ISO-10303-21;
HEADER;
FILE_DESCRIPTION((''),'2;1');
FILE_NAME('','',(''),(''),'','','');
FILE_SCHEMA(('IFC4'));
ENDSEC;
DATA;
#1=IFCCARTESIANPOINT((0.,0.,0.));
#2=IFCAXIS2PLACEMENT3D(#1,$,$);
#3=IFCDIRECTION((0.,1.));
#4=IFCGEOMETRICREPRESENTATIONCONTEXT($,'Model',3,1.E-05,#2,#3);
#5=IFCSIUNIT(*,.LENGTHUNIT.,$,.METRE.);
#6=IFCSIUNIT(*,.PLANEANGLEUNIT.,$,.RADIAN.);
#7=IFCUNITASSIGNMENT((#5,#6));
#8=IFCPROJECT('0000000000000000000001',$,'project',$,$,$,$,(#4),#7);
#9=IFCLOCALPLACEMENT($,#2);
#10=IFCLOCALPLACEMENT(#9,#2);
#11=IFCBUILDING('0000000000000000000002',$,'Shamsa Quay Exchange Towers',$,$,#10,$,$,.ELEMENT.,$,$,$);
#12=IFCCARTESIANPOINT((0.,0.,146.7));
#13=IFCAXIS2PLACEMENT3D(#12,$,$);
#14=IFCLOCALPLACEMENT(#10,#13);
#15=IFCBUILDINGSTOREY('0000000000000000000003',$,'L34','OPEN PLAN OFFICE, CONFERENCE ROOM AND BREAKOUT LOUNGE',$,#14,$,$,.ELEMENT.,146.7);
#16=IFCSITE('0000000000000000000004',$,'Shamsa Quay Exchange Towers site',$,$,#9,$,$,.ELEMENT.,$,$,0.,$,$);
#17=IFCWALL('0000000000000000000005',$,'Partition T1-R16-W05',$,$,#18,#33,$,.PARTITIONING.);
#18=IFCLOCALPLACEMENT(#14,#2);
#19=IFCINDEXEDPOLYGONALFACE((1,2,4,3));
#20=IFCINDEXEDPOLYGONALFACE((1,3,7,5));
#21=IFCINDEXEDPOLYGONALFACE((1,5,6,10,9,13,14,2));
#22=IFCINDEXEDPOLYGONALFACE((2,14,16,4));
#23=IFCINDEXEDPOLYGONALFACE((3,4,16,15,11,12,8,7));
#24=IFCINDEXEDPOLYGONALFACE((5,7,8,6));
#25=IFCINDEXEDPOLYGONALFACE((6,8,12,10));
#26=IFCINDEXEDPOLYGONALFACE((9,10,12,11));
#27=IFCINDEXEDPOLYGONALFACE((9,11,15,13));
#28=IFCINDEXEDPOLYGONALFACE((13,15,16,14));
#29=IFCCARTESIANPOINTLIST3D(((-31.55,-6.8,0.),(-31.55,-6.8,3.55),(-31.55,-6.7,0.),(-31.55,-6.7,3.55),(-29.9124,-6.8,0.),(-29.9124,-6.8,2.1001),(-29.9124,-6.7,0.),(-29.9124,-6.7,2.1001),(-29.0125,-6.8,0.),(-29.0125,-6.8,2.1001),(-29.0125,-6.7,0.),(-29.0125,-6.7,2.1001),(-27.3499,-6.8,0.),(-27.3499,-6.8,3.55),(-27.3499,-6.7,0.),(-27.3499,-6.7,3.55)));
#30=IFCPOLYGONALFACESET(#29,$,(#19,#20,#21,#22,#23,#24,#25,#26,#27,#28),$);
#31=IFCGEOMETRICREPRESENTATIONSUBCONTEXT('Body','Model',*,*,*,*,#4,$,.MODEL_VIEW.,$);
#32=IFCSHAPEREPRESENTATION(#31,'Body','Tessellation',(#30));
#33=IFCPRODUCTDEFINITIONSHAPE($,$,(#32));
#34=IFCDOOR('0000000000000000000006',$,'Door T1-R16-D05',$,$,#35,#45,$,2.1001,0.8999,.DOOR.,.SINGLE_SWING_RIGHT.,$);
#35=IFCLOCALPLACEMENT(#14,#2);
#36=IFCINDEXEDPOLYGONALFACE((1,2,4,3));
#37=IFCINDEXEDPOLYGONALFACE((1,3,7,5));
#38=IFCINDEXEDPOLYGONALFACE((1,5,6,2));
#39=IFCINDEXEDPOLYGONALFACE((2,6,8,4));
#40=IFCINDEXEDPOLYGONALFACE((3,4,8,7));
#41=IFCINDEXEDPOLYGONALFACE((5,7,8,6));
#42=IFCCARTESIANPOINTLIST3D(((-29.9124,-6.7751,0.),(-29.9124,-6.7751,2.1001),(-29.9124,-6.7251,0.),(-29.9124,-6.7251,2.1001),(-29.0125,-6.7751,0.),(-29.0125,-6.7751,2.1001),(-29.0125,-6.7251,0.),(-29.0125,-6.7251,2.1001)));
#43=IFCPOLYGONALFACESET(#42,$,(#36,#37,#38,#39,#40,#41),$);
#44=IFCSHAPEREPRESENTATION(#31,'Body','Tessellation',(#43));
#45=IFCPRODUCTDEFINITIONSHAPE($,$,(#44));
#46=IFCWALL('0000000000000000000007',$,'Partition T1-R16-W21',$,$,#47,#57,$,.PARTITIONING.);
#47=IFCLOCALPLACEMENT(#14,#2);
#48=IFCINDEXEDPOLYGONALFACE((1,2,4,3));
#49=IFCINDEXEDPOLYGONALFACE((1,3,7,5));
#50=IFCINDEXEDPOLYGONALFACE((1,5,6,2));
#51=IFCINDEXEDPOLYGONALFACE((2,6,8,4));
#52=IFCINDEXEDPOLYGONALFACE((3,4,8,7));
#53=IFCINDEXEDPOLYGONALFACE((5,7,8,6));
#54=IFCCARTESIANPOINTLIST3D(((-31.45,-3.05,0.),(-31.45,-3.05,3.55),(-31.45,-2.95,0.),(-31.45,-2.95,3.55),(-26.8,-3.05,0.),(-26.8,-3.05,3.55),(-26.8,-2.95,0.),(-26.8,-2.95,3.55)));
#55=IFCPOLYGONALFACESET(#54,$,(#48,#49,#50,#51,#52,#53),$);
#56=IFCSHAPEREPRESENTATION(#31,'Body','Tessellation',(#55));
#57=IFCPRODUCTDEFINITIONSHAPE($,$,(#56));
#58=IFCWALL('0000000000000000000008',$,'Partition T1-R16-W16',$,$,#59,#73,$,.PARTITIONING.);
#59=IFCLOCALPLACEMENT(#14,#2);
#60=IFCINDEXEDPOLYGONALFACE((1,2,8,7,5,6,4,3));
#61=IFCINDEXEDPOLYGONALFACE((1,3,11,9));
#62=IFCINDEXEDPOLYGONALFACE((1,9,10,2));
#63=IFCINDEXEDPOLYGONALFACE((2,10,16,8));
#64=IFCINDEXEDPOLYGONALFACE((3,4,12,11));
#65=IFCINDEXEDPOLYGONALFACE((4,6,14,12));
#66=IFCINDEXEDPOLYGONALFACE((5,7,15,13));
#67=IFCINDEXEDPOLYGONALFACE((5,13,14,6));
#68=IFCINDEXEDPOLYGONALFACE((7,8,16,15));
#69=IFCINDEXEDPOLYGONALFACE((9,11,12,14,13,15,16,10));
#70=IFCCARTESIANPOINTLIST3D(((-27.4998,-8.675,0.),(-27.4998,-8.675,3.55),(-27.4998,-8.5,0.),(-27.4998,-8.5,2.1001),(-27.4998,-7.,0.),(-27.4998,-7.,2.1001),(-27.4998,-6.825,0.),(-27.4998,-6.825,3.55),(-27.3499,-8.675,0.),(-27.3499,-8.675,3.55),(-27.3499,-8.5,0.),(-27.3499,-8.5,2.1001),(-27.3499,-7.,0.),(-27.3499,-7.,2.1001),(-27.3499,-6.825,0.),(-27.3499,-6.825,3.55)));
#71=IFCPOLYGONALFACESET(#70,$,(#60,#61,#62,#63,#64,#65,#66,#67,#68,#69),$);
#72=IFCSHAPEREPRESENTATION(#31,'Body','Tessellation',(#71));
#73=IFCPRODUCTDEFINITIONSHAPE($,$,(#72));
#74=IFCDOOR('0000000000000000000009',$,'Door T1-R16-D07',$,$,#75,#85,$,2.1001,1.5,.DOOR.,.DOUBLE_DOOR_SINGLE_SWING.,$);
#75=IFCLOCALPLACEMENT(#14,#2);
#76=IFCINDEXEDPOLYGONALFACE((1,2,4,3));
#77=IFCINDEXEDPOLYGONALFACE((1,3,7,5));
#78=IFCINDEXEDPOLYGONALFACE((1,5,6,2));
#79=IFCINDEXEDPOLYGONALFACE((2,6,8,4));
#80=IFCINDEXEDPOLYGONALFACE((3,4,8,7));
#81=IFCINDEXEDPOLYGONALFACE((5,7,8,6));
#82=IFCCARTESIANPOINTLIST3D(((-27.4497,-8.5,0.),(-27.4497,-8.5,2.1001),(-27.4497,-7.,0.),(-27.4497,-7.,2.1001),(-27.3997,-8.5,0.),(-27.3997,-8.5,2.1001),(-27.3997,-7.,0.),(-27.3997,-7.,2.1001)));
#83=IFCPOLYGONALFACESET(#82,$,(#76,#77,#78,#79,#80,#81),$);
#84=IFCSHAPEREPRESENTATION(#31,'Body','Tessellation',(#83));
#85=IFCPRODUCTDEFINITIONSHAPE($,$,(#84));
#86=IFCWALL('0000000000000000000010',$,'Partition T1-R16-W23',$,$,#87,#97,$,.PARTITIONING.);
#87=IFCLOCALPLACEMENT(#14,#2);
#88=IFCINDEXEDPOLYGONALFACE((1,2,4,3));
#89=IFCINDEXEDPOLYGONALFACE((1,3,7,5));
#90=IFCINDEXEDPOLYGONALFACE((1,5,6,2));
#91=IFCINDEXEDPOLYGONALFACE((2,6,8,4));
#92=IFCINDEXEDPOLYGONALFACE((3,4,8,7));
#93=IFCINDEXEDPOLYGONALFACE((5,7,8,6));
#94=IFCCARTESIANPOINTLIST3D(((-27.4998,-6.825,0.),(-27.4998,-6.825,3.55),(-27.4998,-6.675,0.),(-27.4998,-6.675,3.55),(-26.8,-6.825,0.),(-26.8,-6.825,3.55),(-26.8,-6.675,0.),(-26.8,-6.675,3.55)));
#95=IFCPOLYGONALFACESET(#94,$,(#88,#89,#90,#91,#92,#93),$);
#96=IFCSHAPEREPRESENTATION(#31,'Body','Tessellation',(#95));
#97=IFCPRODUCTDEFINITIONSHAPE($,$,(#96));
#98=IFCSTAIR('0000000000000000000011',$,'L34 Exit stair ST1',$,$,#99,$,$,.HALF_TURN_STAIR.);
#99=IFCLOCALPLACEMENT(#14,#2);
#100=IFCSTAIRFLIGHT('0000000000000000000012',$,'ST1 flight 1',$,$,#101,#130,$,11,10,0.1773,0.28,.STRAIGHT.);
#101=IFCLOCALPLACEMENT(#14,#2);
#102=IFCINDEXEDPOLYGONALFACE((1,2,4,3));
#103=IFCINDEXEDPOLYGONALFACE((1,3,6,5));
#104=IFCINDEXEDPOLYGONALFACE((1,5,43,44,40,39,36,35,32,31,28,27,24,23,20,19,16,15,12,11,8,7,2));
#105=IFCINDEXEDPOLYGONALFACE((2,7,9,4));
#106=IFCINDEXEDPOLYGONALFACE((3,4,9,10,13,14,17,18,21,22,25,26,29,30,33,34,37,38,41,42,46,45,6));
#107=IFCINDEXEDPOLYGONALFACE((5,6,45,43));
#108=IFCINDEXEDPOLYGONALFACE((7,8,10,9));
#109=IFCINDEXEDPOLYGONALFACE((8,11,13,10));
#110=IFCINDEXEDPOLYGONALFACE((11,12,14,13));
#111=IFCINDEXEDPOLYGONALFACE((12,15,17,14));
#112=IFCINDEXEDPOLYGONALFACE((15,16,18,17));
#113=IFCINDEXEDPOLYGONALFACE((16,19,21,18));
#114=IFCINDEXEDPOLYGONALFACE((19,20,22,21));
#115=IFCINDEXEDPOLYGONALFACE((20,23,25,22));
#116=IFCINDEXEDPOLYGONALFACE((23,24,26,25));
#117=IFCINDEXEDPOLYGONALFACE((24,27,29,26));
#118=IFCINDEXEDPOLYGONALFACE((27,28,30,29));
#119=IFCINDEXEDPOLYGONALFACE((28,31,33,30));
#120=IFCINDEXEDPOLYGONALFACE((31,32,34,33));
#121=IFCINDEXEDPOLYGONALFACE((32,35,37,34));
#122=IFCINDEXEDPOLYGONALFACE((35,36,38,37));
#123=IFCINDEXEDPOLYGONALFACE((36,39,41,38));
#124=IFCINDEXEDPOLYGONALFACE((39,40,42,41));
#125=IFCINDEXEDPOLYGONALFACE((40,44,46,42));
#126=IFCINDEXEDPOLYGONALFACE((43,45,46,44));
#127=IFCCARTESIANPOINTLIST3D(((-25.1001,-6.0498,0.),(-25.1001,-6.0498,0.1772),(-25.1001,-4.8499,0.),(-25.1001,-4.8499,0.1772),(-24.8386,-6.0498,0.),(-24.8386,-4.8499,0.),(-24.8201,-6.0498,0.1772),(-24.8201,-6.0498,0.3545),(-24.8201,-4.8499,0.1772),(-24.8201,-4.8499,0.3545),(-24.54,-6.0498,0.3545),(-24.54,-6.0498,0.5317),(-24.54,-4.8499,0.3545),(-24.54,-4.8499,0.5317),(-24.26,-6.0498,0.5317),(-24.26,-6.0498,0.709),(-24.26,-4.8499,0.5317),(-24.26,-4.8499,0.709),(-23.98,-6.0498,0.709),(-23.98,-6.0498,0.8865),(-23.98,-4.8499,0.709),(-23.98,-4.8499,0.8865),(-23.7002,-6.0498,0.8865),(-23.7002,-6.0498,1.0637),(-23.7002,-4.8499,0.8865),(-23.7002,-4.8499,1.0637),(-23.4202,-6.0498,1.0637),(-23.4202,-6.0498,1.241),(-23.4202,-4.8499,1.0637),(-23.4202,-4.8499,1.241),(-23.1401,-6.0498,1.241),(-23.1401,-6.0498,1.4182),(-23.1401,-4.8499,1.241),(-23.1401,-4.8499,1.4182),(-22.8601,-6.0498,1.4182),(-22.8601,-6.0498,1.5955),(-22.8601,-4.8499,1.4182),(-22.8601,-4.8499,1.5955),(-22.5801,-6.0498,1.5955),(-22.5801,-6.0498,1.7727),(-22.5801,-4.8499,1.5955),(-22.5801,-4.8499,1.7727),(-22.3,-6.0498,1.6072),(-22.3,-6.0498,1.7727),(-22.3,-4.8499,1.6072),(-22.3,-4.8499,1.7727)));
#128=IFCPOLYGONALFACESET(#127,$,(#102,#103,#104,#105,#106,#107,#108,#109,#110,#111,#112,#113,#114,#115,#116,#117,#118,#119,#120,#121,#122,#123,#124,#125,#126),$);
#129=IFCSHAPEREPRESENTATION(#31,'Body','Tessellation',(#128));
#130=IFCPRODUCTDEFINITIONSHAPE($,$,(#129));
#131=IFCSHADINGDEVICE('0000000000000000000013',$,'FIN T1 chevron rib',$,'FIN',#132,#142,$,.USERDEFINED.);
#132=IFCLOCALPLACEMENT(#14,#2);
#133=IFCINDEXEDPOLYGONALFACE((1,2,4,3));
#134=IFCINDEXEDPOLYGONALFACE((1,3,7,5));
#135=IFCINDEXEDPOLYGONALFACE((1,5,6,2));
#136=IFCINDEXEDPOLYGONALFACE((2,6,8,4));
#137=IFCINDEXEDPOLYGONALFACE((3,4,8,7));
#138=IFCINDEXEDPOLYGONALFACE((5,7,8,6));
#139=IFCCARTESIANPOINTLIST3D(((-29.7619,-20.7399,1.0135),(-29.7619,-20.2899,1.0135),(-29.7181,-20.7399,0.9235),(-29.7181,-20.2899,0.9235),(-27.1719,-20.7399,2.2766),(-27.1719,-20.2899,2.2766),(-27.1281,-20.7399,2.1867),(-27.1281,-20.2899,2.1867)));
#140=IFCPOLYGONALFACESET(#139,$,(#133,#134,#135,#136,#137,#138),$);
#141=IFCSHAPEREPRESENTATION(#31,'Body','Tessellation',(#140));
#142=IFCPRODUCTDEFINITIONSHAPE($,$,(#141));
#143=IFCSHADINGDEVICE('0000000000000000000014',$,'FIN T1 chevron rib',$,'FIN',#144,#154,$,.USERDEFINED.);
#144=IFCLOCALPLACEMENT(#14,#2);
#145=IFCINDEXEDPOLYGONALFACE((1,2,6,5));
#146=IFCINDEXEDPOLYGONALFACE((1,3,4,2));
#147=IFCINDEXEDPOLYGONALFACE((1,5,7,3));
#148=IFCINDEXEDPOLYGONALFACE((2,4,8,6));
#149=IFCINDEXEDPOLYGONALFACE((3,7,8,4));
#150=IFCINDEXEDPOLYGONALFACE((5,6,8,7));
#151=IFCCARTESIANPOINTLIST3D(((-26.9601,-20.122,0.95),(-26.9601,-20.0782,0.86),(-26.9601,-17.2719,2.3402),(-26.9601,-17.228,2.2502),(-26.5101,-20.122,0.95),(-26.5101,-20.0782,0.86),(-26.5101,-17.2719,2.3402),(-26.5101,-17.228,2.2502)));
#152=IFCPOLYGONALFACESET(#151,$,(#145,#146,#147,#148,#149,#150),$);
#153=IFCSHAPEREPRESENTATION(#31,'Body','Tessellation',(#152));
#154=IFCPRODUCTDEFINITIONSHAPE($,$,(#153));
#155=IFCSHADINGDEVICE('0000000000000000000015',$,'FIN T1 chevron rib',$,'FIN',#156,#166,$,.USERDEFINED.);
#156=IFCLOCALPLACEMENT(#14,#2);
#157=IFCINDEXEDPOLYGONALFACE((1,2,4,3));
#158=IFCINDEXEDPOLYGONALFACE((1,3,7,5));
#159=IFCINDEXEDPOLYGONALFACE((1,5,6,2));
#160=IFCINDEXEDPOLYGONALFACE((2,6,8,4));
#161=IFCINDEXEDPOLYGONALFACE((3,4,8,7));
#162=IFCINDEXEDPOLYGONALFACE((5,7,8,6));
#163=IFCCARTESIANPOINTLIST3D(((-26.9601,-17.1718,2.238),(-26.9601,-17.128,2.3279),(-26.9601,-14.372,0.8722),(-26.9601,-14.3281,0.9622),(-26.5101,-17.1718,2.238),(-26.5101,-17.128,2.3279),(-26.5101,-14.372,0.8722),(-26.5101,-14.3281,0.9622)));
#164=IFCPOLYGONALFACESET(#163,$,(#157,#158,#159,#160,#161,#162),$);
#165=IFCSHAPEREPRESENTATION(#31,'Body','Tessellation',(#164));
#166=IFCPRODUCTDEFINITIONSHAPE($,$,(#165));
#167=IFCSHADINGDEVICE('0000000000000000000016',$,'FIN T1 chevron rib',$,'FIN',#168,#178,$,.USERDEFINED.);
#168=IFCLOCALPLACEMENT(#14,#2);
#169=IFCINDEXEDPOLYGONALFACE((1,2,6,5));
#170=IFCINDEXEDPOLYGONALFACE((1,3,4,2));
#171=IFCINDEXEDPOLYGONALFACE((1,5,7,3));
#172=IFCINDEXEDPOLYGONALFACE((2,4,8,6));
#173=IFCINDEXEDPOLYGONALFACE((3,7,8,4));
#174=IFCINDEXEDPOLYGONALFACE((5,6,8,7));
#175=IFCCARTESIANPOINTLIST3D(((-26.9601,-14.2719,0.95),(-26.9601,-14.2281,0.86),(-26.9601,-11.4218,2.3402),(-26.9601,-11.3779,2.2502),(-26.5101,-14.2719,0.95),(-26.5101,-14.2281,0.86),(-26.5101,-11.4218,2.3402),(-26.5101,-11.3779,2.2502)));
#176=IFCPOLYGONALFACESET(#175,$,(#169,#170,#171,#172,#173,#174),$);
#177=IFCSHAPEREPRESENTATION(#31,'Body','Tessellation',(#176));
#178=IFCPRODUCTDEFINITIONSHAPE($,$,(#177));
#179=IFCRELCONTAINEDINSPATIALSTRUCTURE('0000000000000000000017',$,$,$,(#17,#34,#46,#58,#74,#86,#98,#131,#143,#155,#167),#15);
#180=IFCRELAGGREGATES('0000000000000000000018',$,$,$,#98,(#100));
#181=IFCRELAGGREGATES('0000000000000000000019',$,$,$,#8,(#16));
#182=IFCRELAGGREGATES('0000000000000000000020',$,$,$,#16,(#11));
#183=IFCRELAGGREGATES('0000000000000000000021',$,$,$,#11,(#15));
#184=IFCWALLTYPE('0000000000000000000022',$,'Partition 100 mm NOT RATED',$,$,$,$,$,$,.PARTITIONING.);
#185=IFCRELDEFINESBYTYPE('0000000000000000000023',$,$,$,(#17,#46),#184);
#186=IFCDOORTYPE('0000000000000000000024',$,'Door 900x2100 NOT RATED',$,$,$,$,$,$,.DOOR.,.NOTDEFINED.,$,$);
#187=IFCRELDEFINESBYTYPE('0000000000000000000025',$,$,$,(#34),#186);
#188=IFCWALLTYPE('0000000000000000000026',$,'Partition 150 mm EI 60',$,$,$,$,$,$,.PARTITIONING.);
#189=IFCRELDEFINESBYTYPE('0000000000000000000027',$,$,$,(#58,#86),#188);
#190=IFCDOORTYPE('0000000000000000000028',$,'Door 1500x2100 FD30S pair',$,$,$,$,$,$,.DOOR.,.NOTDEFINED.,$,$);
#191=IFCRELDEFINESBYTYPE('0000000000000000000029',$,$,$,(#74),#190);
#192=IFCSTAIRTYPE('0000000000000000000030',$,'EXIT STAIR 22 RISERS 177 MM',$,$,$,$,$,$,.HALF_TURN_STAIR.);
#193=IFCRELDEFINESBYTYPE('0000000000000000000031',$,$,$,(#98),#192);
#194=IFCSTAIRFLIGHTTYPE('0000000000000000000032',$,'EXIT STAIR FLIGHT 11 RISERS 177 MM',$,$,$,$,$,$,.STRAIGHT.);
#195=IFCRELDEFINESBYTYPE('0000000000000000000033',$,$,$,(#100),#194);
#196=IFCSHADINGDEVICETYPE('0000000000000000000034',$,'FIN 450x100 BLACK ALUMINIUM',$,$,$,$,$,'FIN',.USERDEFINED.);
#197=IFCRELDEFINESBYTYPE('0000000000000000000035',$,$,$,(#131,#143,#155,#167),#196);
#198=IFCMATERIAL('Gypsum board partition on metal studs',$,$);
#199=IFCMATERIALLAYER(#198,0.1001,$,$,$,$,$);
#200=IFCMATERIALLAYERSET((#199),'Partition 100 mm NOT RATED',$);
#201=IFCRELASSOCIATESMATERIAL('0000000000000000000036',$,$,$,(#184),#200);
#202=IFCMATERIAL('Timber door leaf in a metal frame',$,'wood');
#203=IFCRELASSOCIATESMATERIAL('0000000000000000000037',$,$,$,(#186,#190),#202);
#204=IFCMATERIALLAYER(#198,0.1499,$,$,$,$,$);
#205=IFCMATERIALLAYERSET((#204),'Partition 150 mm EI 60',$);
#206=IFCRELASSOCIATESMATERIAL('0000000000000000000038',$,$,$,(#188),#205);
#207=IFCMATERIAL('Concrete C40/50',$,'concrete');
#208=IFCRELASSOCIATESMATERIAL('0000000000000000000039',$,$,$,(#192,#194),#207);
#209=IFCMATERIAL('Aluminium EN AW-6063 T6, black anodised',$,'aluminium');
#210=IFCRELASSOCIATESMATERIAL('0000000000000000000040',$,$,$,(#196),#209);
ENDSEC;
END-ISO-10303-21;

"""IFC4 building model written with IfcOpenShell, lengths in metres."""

from ifc_helpers import new_model, si_unit, direction, frame, frame_2d, origin, origin_2d, place, context, subcontext, project, spatial, polyline, rectangle, outline, extrude, material, layer, layer_set, material_profile, profile_set, type_object, element, fill, aggregate, save


model = new_model("IFC4")

# Units and contexts
model_context = context("Model", 3, precision=1e-05, world=origin(), true_north=direction((0.0, 1.0)))
body_context = subcontext(model_context, "Body", "Model", "MODEL_VIEW")
ifc_project = project(units=[si_unit("LENGTHUNIT", "METRE"), si_unit("PLANEANGLEUNIT", "RADIAN")], contexts=[model_context])

# Site, building, storey
site_placement = place(None, origin())
site = spatial("IfcSite", under=ifc_project, at=site_placement, Name="Shamsa Quay Exchange Towers site", CompositionType="ELEMENT", RefElevation=0.0)
building_placement = place(site_placement, origin())
building = spatial("IfcBuilding", under=site, at=building_placement, Name="Shamsa Quay Exchange Towers", CompositionType="ELEMENT")
storey_placement = place(building_placement, frame((0.0, 0.0, 146.7)))
storey = spatial("IfcBuildingStorey", under=building, at=storey_placement, Name="L34", Description="OPEN PLAN OFFICE, CONFERENCE ROOM AND BREAKOUT LOUNGE", CompositionType="ELEMENT", Elevation=146.7)

# Shared definitions
ifc_material_1 = material(Name="Aluminium EN AW-6063 T6, black anodised", Category="aluminium")

# Shared definitions
ifc_material_2 = material(Name="Gypsum board partition on metal studs")
ifc_layer_1 = layer(ifc_material_2, 0.1001)
ifc_layer_set_1 = layer_set([ifc_layer_1], Name="Partition 100 mm NOT RATED")
wall_type_1 = type_object("IfcWallType", Name="Partition 100 mm NOT RATED", PredefinedType="PARTITIONING", material=ifc_layer_set_1)

# Wall, opening, door
wall_1_placement = place(storey_placement, frame((-31.55, -6.75, 0.0)))
wall_1 = element("IfcWall", 1, at=wall_1_placement, inside=storey, type_object=wall_type_1, Name="Partition T1-R16-W05", PredefinedType="PARTITIONING", context=body_context, shape_type="SweptSolid", body=[
    extrude(rectangle(XDim=4.2002, YDim=0.1001, at=frame_2d((2.1001, 0.0))), origin(), (0.0, 0.0, 1.0), 3.55),
])
opening_1_placement = place(wall_1_placement, frame((1.6377, 0.0, 0.0)))
opening_1 = element("IfcOpeningElement", 2, at=opening_1_placement, cuts=wall_1, PredefinedType="OPENING", context=body_context, shape_type="SweptSolid", body=[
    extrude(rectangle(XDim=0.8999, YDim=2.1001, at=frame_2d((0.45, 1.05))), frame((0.0, 0.0601, 0.0), z_axis=(0.0, -1.0, 0.0), x_axis=(1.0, 0.0, 0.0)), (0.0, 0.0, 1.0), 0.1201),
])
ifc_material_3 = material(Name="Timber door leaf in a metal frame", Category="wood")
door_type_1 = type_object("IfcDoorType", Name="Door 900x2100 NOT RATED", OperationType="NOTDEFINED", PredefinedType="DOOR", material=ifc_material_3)
door_1_placement = place(opening_1_placement, origin())
door_1 = element("IfcDoor", 3, at=door_1_placement, inside=storey, type_object=door_type_1, Name="Door T1-R16-D05", OperationType="SINGLE_SWING_RIGHT", OverallHeight=2.1001, OverallWidth=0.8999, PredefinedType="DOOR", context=body_context, shape_type="SweptSolid", body=[
    extrude(rectangle(XDim=0.8999, YDim=2.1001, at=frame_2d((0.45, 1.05))), frame((0.0, 0.0249, 0.0), z_axis=(0.0, -1.0, 0.0), x_axis=(1.0, 0.0, 0.0)), (0.0, 0.0, 1.0), 0.05),
])
fill(opening_1, door_1)

# Wall
wall_2_placement = place(storey_placement, frame((-26.8, -3.0, 0.0), z_axis=(0.0, 0.0, 1.0), x_axis=(-1.0, 0.0, 0.0)))
element("IfcWall", 4, at=wall_2_placement, inside=storey, type_object=wall_type_1, Name="Partition T1-R16-W21", PredefinedType="PARTITIONING", context=body_context, shape_type="SweptSolid", body=[
    extrude(rectangle(XDim=4.6499, YDim=0.1001, at=frame_2d((2.325, 0.0))), origin(), (0.0, 0.0, 1.0), 3.55),
])

# Wall, opening, door
ifc_layer_2 = layer(ifc_material_2, 0.1499)
ifc_layer_set_2 = layer_set([ifc_layer_2], Name="Partition 150 mm EI 60")
wall_type_2 = type_object("IfcWallType", Name="Partition 150 mm EI 60", PredefinedType="PARTITIONING", material=ifc_layer_set_2)
wall_3_placement = place(storey_placement, frame((-27.4248, -8.675, 0.0), z_axis=(0.0, 0.0, 1.0), x_axis=(0.0, 1.0, 0.0)))
wall_3 = element("IfcWall", 5, at=wall_3_placement, inside=storey, type_object=wall_type_2, Name="Partition T1-R16-W16", PredefinedType="PARTITIONING", context=body_context, shape_type="SweptSolid", body=[
    extrude(rectangle(XDim=1.8501, YDim=0.1499, at=frame_2d((0.925, 0.0))), origin(), (0.0, 0.0, 1.0), 3.55),
])
opening_2_placement = place(wall_3_placement, frame((0.175, 0.0, 0.0)))
opening_2 = element("IfcOpeningElement", 6, at=opening_2_placement, cuts=wall_3, PredefinedType="OPENING", context=body_context, shape_type="SweptSolid", body=[
    extrude(rectangle(XDim=1.5, YDim=2.1001, at=frame_2d((0.75, 1.05))), frame((0.0, 0.085, 0.0), z_axis=(0.0, -1.0, 0.0), x_axis=(1.0, 0.0, 0.0)), (0.0, 0.0, 1.0), 0.1699),
])
door_type_2 = type_object("IfcDoorType", Name="Door 1500x2100 FD30S pair", OperationType="NOTDEFINED", PredefinedType="DOOR", material=ifc_material_3)
door_2_placement = place(opening_2_placement, origin())
door_2 = element("IfcDoor", 7, at=door_2_placement, inside=storey, type_object=door_type_2, Name="Door T1-R16-D07", OperationType="DOUBLE_DOOR_SINGLE_SWING", OverallHeight=2.1001, OverallWidth=1.5, PredefinedType="DOOR", context=body_context, shape_type="SweptSolid", body=[
    extrude(rectangle(XDim=1.5, YDim=2.1001, at=frame_2d((0.75, 1.05))), frame((0.0, 0.0249, 0.0), z_axis=(0.0, -1.0, 0.0), x_axis=(1.0, 0.0, 0.0)), (0.0, 0.0, 1.0), 0.05),
])
fill(opening_2, door_2)

# Wall
wall_4_placement = place(storey_placement, frame((-27.4998, -6.75, 0.0)))
element("IfcWall", 8, at=wall_4_placement, inside=storey, type_object=wall_type_2, Name="Partition T1-R16-W23", PredefinedType="PARTITIONING", context=body_context, shape_type="SweptSolid", body=[
    extrude(rectangle(XDim=0.6997, YDim=0.1499, at=frame_2d((0.3499, 0.0))), origin(), (0.0, 0.0, 1.0), 3.55),
])

# Stair, stair flight
ifc_material_4 = material(Name="Concrete C40/50", Category="concrete")
stair_type = type_object("IfcStairType", Name="EXIT STAIR 22 RISERS 177 MM", PredefinedType="HALF_TURN_STAIR", material=ifc_material_4)
stair_placement = place(storey_placement, origin())
stair = element("IfcStair", 9, at=stair_placement, inside=storey, type_object=stair_type, Name="L34 Exit stair ST1", PredefinedType="HALF_TURN_STAIR")
stair_flight_type = type_object("IfcStairFlightType", Name="EXIT STAIR FLIGHT 11 RISERS 177 MM", PredefinedType="STRAIGHT", material=ifc_material_4)
stair_flight_placement = place(storey_placement, frame((-25.1001, -5.45, 0.0)))
stair_flight = element("IfcStairFlight", 10, at=stair_flight_placement, type_object=stair_flight_type, Name="ST1 flight 1", NumberOfRisers=11, NumberOfTreads=10, PredefinedType="STRAIGHT", RiserHeight=0.1773, TreadLength=0.28, context=body_context, shape_type="SweptSolid", body=[
    extrude(outline(polyline([(0.0, 0.0), (0.0, 0.1772), (0.28, 0.1772), (0.28, 0.3545), (0.5601, 0.3545), (0.5601, 0.5317), (0.8401, 0.5317), (0.8401, 0.709), (1.1201, 0.709), (1.1201, 0.8865), (1.3999, 0.8865), (1.3999, 1.0637), (1.6799, 1.0637), (1.6799, 1.241), (1.96, 1.241), (1.96, 1.4182), (2.24, 1.4182), (2.24, 1.5955), (2.52, 1.5955), (2.52, 1.7727), (2.8, 1.7727), (2.8, 1.95), (2.8, 1.6072), (0.2615, 0.0), (0.0, 0.0)])), frame((0.0, 0.6001, 0.0), z_axis=(0.0, -1.0, 0.0), x_axis=(1.0, 0.0, 0.0)), (0.0, 0.0, 1.0), 1.2),
])
aggregate(stair, [stair_flight])

# Shading devices
ifc_material_profile_1 = material_profile(ifc_material_1, rectangle(XDim=0.45, YDim=0.1001, at=origin_2d()), Name="FIN450x100")
ifc_profile_set_1 = profile_set([ifc_material_profile_1], Name="Aluminium EN AW-6063 T6, black anodised")
shading_device_type = type_object("IfcShadingDeviceType", Name="FIN 450x100 BLACK ALUMINIUM", ElementType="FIN", PredefinedType="USERDEFINED", material=ifc_profile_set_1)
shading_device_1_placement = place(storey_placement, frame((-29.74, -20.5149, 0.9685), z_axis=(0.898806, 0.0, 0.438347), x_axis=(0.0, 1.0, 0.0)))
element("IfcShadingDevice", 11, at=shading_device_1_placement, inside=storey, type_object=shading_device_type, Name="FIN T1 chevron rib", ObjectType="FIN", PredefinedType="USERDEFINED", context=body_context, shape_type="SweptSolid", body=[
    extrude(rectangle(XDim=0.45, YDim=0.1001, at=origin_2d()), origin(), (0.0, 0.0, 1.0), 2.8816),
])
shading_device_2_placement = place(storey_placement, frame((-26.7351, -20.1001, 0.905), z_axis=(0.0, 0.898788, 0.438384), x_axis=(-1.0, 0.0, 0.0)))
element("IfcShadingDevice", 12, at=shading_device_2_placement, inside=storey, type_object=shading_device_type, Name="FIN T1 chevron rib", ObjectType="FIN", PredefinedType="USERDEFINED", context=body_context, shape_type="SweptSolid", body=[
    extrude(rectangle(XDim=0.45, YDim=0.1001, at=origin_2d()), origin(), (0.0, 0.0, 1.0), 3.1711),
])
shading_device_3_placement = place(storey_placement, frame((-26.7351, -17.1499, 2.283), z_axis=(0.0, 0.898773, -0.438414), x_axis=(-1.0, 0.0, 0.0)))
element("IfcShadingDevice", 13, at=shading_device_3_placement, inside=storey, type_object=shading_device_type, Name="FIN T1 chevron rib", ObjectType="FIN", PredefinedType="USERDEFINED", context=body_context, shape_type="SweptSolid", body=[
    extrude(rectangle(XDim=0.45, YDim=0.1001, at=origin_2d()), origin(), (0.0, 0.0, 1.0), 3.1152),
])
shading_device_4_placement = place(storey_placement, frame((-26.7351, -14.25, 0.905), z_axis=(0.0, 0.898788, 0.438384), x_axis=(-1.0, 0.0, 0.0)))
element("IfcShadingDevice", 14, at=shading_device_4_placement, inside=storey, type_object=shading_device_type, Name="FIN T1 chevron rib", ObjectType="FIN", PredefinedType="USERDEFINED", context=body_context, shape_type="SweptSolid", body=[
    extrude(rectangle(XDim=0.45, YDim=0.1001, at=origin_2d()), origin(), (0.0, 0.0, 1.0), 3.1711),
])

save(model, "model.ifc")
